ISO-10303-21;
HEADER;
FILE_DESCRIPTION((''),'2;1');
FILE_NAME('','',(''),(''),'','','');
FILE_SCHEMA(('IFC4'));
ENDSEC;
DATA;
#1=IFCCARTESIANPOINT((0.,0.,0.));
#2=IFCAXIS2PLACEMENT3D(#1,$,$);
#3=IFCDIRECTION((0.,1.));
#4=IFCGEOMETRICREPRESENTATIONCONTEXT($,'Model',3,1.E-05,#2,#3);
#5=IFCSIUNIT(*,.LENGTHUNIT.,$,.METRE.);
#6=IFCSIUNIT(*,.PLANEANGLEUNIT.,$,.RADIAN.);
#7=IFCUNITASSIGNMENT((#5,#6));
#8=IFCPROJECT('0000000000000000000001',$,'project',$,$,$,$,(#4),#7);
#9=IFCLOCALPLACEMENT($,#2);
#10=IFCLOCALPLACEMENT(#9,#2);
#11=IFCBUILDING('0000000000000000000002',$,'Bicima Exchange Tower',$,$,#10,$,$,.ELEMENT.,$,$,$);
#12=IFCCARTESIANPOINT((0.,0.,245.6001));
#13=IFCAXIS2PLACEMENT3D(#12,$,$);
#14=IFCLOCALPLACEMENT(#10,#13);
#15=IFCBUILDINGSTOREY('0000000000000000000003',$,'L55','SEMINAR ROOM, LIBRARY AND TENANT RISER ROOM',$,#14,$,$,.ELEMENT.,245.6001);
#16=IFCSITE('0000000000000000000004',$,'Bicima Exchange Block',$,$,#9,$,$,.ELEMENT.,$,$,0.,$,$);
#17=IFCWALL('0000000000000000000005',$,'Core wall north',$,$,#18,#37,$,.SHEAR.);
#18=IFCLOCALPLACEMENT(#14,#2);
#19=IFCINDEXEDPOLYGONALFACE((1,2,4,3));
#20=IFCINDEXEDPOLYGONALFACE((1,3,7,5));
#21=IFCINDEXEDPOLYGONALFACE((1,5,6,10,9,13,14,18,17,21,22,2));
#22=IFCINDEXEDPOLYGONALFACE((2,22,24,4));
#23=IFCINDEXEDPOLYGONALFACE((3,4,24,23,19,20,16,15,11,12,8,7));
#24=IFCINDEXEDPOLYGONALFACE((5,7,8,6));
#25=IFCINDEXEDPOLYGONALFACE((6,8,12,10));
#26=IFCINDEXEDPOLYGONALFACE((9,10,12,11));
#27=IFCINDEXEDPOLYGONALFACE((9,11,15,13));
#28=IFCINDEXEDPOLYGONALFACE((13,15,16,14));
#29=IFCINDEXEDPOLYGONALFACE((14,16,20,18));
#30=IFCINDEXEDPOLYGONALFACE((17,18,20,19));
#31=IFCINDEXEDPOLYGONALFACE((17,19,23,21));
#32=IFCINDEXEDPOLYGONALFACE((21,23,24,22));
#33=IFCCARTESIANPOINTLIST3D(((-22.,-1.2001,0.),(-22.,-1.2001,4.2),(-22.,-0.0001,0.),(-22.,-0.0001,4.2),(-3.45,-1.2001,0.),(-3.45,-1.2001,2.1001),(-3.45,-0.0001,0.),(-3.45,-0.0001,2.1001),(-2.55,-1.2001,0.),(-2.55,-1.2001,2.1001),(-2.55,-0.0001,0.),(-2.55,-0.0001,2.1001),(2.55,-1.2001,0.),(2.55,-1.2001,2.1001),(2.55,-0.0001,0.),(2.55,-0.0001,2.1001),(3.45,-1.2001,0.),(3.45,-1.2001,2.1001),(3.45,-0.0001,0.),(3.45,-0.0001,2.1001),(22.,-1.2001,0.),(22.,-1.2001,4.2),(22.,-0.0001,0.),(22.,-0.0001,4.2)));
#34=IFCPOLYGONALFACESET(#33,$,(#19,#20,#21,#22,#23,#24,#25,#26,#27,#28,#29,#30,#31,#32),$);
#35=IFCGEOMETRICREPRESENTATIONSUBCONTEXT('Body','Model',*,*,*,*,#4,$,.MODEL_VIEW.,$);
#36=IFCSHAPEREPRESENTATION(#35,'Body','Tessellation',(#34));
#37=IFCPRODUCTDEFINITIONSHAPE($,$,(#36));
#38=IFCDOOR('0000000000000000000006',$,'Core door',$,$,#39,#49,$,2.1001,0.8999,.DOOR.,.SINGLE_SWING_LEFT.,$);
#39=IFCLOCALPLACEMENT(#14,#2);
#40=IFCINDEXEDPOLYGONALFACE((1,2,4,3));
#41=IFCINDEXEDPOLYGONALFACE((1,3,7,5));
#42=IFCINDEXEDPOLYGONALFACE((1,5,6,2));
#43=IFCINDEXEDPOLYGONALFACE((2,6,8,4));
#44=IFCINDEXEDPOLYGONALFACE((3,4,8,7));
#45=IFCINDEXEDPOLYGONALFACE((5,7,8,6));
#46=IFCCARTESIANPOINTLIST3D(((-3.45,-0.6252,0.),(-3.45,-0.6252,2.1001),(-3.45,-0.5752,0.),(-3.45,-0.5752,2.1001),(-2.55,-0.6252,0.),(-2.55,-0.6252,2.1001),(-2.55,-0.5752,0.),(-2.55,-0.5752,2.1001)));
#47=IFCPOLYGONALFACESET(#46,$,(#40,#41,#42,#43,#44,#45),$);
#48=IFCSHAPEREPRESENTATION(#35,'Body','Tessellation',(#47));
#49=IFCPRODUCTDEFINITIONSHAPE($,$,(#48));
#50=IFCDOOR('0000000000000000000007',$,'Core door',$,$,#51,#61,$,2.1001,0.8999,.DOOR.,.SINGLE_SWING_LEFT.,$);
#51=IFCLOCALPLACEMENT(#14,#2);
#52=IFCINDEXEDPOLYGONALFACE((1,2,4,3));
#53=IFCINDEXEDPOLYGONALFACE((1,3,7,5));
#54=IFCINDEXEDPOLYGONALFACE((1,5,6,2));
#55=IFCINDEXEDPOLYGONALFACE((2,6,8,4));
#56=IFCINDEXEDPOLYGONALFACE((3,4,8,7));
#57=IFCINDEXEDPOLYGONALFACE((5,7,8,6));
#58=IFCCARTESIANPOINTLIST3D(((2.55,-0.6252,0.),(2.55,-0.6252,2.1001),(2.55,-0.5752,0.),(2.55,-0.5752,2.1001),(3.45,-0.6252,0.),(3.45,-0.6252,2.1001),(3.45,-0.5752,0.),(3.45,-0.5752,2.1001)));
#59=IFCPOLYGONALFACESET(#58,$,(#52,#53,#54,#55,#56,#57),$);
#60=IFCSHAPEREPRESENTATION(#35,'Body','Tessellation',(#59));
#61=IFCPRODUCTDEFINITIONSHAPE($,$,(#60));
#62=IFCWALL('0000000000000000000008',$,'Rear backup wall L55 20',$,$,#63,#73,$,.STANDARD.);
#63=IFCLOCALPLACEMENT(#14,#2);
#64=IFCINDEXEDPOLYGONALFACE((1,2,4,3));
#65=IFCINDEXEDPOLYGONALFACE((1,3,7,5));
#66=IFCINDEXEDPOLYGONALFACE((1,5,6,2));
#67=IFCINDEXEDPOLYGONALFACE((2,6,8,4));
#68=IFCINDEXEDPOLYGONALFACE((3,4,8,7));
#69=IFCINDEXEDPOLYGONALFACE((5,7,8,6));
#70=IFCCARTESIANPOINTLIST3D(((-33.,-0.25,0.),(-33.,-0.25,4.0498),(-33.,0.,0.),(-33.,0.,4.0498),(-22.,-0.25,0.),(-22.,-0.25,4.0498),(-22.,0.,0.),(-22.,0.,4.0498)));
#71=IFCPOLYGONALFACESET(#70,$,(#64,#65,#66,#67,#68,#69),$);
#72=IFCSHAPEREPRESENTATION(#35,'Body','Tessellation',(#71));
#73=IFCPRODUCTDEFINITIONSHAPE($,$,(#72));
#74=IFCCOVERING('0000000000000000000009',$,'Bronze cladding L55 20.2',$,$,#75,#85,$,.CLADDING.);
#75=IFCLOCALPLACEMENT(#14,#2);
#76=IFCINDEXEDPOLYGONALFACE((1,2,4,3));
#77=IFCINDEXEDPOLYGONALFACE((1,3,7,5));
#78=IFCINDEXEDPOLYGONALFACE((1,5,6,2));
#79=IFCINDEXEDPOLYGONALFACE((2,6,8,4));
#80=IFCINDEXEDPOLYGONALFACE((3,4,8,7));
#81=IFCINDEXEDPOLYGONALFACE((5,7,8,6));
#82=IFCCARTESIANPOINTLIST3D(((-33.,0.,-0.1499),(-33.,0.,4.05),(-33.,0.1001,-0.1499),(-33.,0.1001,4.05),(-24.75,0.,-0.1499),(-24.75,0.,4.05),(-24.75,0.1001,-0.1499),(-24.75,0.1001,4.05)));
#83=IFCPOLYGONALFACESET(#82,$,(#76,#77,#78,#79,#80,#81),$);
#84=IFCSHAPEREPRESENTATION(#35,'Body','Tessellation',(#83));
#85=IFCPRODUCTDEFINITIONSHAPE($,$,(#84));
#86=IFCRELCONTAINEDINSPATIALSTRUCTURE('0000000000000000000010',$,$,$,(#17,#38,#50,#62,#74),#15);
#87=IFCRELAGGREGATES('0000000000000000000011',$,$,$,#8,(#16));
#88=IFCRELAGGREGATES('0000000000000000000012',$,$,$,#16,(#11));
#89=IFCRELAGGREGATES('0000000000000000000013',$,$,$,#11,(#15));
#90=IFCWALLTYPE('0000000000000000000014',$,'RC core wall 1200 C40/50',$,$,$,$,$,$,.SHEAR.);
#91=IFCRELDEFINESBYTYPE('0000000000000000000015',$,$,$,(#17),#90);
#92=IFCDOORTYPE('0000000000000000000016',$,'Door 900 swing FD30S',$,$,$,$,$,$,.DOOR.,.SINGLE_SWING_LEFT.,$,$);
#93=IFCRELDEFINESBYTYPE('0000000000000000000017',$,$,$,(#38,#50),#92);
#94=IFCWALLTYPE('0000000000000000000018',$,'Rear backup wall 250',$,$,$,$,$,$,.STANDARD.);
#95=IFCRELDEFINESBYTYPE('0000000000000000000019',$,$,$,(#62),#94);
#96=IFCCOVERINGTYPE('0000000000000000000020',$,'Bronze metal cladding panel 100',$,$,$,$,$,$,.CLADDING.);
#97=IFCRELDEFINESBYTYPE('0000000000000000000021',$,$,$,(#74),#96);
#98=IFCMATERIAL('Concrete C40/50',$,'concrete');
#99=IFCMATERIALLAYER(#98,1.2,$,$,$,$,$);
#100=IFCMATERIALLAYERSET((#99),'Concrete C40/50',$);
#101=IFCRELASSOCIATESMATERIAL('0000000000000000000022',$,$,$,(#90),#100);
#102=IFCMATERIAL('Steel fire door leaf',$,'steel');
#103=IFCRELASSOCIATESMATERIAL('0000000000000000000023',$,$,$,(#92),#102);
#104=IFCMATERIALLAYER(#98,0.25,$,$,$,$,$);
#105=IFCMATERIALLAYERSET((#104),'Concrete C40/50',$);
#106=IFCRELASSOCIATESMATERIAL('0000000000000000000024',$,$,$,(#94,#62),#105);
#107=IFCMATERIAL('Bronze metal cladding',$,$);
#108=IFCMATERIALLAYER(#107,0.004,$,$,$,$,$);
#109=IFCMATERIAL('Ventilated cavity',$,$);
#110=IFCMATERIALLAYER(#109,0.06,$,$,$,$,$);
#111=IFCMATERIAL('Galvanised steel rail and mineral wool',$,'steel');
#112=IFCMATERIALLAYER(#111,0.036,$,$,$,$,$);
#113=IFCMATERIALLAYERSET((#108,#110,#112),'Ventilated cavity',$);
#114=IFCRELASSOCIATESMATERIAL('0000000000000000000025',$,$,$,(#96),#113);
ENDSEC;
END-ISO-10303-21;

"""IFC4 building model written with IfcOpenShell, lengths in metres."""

from ifc_helpers import new_model, si_unit, direction, frame, frame_2d, origin, origin_2d, place, context, subcontext, project, spatial, rectangle, extrude, material, layer, layer_set, layer_usage, type_object, element, fill, save


model = new_model("IFC4")

# Units and contexts
model_context = context("Model", 3, precision=1e-05, world=origin(), true_north=direction((0.0, 1.0)))
body_context = subcontext(model_context, "Body", "Model", "MODEL_VIEW")
ifc_project = project(units=[si_unit("LENGTHUNIT", "METRE"), si_unit("PLANEANGLEUNIT", "RADIAN")], contexts=[model_context])

# Site, building, storey
site_placement = place(None, origin())
site = spatial("IfcSite", under=ifc_project, at=site_placement, Name="Bicima Exchange Block", CompositionType="ELEMENT", RefElevation=0.0)
building_placement = place(site_placement, origin())
building = spatial("IfcBuilding", under=site, at=building_placement, Name="Bicima Exchange Tower", CompositionType="ELEMENT")
storey_placement = place(building_placement, frame((0.0, 0.0, 245.6001)))
storey = spatial("IfcBuildingStorey", under=building, at=storey_placement, Name="L55", Description="SEMINAR ROOM, LIBRARY AND TENANT RISER ROOM", CompositionType="ELEMENT", Elevation=245.6001)

# Wall, openings, doors
ifc_material_1 = material(Name="Concrete C40/50", Category="concrete")
ifc_layer_1 = layer(ifc_material_1, 1.2)
ifc_layer_set_1 = layer_set([ifc_layer_1], Name="Concrete C40/50")
wall_type_1 = type_object("IfcWallType", Name="RC core wall 1200 C40/50", PredefinedType="SHEAR", material=ifc_layer_set_1)
wall_1_placement = place(storey_placement, frame((-22.0, -0.6001, 0.0), z_axis=(0.0, 0.0, 1.0), x_axis=(1.0, 0.0, 0.0)))
wall_1 = element("IfcWall", 1, at=wall_1_placement, inside=storey, type_object=wall_type_1, Name="Core wall north", PredefinedType="SHEAR", context=body_context, shape_type="SweptSolid", body=[
    extrude(rectangle(XDim=44.0, YDim=1.2, at=frame_2d((22.0, 0.0))), origin(), (0.0, 0.0, 1.0), 4.2),
])
opening_1_placement = place(wall_1_placement, frame((18.55, 0.0, 0.0)))
opening_1 = element("IfcOpeningElement", 2, at=opening_1_placement, cuts=wall_1, PredefinedType="OPENING", context=body_context, shape_type="SweptSolid", body=[
    extrude(rectangle(XDim=0.8999, YDim=2.1001, at=frame_2d((0.45, 1.05))), frame((0.0, 0.6118, 0.0), z_axis=(0.0, -1.0, 0.0), x_axis=(1.0, 0.0, 0.0)), (0.0, 0.0, 1.0), 1.2239),
])
opening_2_placement = place(wall_1_placement, frame((24.55, 0.0, 0.0)))
opening_2 = element("IfcOpeningElement", 3, at=opening_2_placement, cuts=wall_1, PredefinedType="OPENING", context=body_context, shape_type="SweptSolid", body=[
    extrude(rectangle(XDim=0.8999, YDim=2.1001, at=frame_2d((0.45, 1.05))), frame((0.0, 0.6118, 0.0), z_axis=(0.0, -1.0, 0.0), x_axis=(1.0, 0.0, 0.0)), (0.0, 0.0, 1.0), 1.2239),
])
ifc_material_2 = material(Name="Steel fire door leaf", Category="steel")
door_type = type_object("IfcDoorType", Name="Door 900 swing FD30S", OperationType="SINGLE_SWING_LEFT", PredefinedType="DOOR", material=ifc_material_2)
door_1_placement = place(opening_1_placement, origin())
door_1 = element("IfcDoor", 4, at=door_1_placement, inside=storey, type_object=door_type, Name="Core door", OperationType="SINGLE_SWING_LEFT", OverallHeight=2.1001, OverallWidth=0.8999, PredefinedType="DOOR", context=body_context, shape_type="SweptSolid", body=[
    extrude(rectangle(XDim=0.8999, YDim=2.1001, at=frame_2d((0.45, 1.05))), frame((0.0, 0.0249, 0.0), z_axis=(0.0, -1.0, 0.0), x_axis=(1.0, 0.0, 0.0)), (0.0, 0.0, 1.0), 0.05),
])
fill(opening_1, door_1)
door_2_placement = place(opening_2_placement, origin())
door_2 = element("IfcDoor", 5, at=door_2_placement, inside=storey, type_object=door_type, Name="Core door", OperationType="SINGLE_SWING_LEFT", OverallHeight=2.1001, OverallWidth=0.8999, PredefinedType="DOOR", context=body_context, shape_type="SweptSolid", body=[
    extrude(rectangle(XDim=0.8999, YDim=2.1001, at=frame_2d((0.45, 1.05))), frame((0.0, 0.0249, 0.0), z_axis=(0.0, -1.0, 0.0), x_axis=(1.0, 0.0, 0.0)), (0.0, 0.0, 1.0), 0.05),
])
fill(opening_2, door_2)

# Wall
ifc_layer_2 = layer(ifc_material_1, 0.25)
ifc_layer_set_2 = layer_set([ifc_layer_2], Name="Concrete C40/50")
ifc_layer_usage = layer_usage(ifc_layer_set_2, "AXIS2", "POSITIVE", -0.125)
wall_type_2 = type_object("IfcWallType", Name="Rear backup wall 250", PredefinedType="STANDARD", material=ifc_layer_set_2)
wall_2_placement = place(storey_placement, frame((-22.0, -0.125, 0.0), z_axis=(0.0, 0.0, 1.0), x_axis=(-1.0, 0.0, 0.0)))
element("IfcWall", 6, at=wall_2_placement, inside=storey, type_object=wall_type_2, material=ifc_layer_usage, Name="Rear backup wall L55 20", PredefinedType="STANDARD", context=body_context, shape_type="SweptSolid", body=[
    extrude(rectangle(XDim=11.0, YDim=0.25, at=frame_2d((5.5, 0.0))), origin(), (0.0, 0.0, 1.0), 4.0498),
])

# Covering
ifc_material_3 = material(Name="Bronze metal cladding")
ifc_layer_3 = layer(ifc_material_3, 0.004)
ifc_material_4 = material(Name="Ventilated cavity")
ifc_layer_4 = layer(ifc_material_4, 0.06)
ifc_material_5 = material(Name="Galvanised steel rail and mineral wool", Category="steel")
ifc_layer_5 = layer(ifc_material_5, 0.036)
ifc_layer_set_3 = layer_set([ifc_layer_3, ifc_layer_4, ifc_layer_5], Name="Ventilated cavity")
covering_type = type_object("IfcCoveringType", Name="Bronze metal cladding panel 100", PredefinedType="CLADDING", material=ifc_layer_set_3)
covering_placement = place(storey_placement, frame((-28.875, 0.05, -0.1499), z_axis=(0.0, 0.0, 1.0), x_axis=(-1.0, 0.0, 0.0)))
element("IfcCovering", 7, at=covering_placement, inside=storey, type_object=covering_type, Name="Bronze cladding L55 20.2", PredefinedType="CLADDING", context=body_context, shape_type="SweptSolid", body=[
    extrude(rectangle(XDim=8.25, YDim=0.1001, at=origin_2d()), origin(), (0.0, 0.0, 1.0), 4.2),
])

save(model, "model.ifc")
